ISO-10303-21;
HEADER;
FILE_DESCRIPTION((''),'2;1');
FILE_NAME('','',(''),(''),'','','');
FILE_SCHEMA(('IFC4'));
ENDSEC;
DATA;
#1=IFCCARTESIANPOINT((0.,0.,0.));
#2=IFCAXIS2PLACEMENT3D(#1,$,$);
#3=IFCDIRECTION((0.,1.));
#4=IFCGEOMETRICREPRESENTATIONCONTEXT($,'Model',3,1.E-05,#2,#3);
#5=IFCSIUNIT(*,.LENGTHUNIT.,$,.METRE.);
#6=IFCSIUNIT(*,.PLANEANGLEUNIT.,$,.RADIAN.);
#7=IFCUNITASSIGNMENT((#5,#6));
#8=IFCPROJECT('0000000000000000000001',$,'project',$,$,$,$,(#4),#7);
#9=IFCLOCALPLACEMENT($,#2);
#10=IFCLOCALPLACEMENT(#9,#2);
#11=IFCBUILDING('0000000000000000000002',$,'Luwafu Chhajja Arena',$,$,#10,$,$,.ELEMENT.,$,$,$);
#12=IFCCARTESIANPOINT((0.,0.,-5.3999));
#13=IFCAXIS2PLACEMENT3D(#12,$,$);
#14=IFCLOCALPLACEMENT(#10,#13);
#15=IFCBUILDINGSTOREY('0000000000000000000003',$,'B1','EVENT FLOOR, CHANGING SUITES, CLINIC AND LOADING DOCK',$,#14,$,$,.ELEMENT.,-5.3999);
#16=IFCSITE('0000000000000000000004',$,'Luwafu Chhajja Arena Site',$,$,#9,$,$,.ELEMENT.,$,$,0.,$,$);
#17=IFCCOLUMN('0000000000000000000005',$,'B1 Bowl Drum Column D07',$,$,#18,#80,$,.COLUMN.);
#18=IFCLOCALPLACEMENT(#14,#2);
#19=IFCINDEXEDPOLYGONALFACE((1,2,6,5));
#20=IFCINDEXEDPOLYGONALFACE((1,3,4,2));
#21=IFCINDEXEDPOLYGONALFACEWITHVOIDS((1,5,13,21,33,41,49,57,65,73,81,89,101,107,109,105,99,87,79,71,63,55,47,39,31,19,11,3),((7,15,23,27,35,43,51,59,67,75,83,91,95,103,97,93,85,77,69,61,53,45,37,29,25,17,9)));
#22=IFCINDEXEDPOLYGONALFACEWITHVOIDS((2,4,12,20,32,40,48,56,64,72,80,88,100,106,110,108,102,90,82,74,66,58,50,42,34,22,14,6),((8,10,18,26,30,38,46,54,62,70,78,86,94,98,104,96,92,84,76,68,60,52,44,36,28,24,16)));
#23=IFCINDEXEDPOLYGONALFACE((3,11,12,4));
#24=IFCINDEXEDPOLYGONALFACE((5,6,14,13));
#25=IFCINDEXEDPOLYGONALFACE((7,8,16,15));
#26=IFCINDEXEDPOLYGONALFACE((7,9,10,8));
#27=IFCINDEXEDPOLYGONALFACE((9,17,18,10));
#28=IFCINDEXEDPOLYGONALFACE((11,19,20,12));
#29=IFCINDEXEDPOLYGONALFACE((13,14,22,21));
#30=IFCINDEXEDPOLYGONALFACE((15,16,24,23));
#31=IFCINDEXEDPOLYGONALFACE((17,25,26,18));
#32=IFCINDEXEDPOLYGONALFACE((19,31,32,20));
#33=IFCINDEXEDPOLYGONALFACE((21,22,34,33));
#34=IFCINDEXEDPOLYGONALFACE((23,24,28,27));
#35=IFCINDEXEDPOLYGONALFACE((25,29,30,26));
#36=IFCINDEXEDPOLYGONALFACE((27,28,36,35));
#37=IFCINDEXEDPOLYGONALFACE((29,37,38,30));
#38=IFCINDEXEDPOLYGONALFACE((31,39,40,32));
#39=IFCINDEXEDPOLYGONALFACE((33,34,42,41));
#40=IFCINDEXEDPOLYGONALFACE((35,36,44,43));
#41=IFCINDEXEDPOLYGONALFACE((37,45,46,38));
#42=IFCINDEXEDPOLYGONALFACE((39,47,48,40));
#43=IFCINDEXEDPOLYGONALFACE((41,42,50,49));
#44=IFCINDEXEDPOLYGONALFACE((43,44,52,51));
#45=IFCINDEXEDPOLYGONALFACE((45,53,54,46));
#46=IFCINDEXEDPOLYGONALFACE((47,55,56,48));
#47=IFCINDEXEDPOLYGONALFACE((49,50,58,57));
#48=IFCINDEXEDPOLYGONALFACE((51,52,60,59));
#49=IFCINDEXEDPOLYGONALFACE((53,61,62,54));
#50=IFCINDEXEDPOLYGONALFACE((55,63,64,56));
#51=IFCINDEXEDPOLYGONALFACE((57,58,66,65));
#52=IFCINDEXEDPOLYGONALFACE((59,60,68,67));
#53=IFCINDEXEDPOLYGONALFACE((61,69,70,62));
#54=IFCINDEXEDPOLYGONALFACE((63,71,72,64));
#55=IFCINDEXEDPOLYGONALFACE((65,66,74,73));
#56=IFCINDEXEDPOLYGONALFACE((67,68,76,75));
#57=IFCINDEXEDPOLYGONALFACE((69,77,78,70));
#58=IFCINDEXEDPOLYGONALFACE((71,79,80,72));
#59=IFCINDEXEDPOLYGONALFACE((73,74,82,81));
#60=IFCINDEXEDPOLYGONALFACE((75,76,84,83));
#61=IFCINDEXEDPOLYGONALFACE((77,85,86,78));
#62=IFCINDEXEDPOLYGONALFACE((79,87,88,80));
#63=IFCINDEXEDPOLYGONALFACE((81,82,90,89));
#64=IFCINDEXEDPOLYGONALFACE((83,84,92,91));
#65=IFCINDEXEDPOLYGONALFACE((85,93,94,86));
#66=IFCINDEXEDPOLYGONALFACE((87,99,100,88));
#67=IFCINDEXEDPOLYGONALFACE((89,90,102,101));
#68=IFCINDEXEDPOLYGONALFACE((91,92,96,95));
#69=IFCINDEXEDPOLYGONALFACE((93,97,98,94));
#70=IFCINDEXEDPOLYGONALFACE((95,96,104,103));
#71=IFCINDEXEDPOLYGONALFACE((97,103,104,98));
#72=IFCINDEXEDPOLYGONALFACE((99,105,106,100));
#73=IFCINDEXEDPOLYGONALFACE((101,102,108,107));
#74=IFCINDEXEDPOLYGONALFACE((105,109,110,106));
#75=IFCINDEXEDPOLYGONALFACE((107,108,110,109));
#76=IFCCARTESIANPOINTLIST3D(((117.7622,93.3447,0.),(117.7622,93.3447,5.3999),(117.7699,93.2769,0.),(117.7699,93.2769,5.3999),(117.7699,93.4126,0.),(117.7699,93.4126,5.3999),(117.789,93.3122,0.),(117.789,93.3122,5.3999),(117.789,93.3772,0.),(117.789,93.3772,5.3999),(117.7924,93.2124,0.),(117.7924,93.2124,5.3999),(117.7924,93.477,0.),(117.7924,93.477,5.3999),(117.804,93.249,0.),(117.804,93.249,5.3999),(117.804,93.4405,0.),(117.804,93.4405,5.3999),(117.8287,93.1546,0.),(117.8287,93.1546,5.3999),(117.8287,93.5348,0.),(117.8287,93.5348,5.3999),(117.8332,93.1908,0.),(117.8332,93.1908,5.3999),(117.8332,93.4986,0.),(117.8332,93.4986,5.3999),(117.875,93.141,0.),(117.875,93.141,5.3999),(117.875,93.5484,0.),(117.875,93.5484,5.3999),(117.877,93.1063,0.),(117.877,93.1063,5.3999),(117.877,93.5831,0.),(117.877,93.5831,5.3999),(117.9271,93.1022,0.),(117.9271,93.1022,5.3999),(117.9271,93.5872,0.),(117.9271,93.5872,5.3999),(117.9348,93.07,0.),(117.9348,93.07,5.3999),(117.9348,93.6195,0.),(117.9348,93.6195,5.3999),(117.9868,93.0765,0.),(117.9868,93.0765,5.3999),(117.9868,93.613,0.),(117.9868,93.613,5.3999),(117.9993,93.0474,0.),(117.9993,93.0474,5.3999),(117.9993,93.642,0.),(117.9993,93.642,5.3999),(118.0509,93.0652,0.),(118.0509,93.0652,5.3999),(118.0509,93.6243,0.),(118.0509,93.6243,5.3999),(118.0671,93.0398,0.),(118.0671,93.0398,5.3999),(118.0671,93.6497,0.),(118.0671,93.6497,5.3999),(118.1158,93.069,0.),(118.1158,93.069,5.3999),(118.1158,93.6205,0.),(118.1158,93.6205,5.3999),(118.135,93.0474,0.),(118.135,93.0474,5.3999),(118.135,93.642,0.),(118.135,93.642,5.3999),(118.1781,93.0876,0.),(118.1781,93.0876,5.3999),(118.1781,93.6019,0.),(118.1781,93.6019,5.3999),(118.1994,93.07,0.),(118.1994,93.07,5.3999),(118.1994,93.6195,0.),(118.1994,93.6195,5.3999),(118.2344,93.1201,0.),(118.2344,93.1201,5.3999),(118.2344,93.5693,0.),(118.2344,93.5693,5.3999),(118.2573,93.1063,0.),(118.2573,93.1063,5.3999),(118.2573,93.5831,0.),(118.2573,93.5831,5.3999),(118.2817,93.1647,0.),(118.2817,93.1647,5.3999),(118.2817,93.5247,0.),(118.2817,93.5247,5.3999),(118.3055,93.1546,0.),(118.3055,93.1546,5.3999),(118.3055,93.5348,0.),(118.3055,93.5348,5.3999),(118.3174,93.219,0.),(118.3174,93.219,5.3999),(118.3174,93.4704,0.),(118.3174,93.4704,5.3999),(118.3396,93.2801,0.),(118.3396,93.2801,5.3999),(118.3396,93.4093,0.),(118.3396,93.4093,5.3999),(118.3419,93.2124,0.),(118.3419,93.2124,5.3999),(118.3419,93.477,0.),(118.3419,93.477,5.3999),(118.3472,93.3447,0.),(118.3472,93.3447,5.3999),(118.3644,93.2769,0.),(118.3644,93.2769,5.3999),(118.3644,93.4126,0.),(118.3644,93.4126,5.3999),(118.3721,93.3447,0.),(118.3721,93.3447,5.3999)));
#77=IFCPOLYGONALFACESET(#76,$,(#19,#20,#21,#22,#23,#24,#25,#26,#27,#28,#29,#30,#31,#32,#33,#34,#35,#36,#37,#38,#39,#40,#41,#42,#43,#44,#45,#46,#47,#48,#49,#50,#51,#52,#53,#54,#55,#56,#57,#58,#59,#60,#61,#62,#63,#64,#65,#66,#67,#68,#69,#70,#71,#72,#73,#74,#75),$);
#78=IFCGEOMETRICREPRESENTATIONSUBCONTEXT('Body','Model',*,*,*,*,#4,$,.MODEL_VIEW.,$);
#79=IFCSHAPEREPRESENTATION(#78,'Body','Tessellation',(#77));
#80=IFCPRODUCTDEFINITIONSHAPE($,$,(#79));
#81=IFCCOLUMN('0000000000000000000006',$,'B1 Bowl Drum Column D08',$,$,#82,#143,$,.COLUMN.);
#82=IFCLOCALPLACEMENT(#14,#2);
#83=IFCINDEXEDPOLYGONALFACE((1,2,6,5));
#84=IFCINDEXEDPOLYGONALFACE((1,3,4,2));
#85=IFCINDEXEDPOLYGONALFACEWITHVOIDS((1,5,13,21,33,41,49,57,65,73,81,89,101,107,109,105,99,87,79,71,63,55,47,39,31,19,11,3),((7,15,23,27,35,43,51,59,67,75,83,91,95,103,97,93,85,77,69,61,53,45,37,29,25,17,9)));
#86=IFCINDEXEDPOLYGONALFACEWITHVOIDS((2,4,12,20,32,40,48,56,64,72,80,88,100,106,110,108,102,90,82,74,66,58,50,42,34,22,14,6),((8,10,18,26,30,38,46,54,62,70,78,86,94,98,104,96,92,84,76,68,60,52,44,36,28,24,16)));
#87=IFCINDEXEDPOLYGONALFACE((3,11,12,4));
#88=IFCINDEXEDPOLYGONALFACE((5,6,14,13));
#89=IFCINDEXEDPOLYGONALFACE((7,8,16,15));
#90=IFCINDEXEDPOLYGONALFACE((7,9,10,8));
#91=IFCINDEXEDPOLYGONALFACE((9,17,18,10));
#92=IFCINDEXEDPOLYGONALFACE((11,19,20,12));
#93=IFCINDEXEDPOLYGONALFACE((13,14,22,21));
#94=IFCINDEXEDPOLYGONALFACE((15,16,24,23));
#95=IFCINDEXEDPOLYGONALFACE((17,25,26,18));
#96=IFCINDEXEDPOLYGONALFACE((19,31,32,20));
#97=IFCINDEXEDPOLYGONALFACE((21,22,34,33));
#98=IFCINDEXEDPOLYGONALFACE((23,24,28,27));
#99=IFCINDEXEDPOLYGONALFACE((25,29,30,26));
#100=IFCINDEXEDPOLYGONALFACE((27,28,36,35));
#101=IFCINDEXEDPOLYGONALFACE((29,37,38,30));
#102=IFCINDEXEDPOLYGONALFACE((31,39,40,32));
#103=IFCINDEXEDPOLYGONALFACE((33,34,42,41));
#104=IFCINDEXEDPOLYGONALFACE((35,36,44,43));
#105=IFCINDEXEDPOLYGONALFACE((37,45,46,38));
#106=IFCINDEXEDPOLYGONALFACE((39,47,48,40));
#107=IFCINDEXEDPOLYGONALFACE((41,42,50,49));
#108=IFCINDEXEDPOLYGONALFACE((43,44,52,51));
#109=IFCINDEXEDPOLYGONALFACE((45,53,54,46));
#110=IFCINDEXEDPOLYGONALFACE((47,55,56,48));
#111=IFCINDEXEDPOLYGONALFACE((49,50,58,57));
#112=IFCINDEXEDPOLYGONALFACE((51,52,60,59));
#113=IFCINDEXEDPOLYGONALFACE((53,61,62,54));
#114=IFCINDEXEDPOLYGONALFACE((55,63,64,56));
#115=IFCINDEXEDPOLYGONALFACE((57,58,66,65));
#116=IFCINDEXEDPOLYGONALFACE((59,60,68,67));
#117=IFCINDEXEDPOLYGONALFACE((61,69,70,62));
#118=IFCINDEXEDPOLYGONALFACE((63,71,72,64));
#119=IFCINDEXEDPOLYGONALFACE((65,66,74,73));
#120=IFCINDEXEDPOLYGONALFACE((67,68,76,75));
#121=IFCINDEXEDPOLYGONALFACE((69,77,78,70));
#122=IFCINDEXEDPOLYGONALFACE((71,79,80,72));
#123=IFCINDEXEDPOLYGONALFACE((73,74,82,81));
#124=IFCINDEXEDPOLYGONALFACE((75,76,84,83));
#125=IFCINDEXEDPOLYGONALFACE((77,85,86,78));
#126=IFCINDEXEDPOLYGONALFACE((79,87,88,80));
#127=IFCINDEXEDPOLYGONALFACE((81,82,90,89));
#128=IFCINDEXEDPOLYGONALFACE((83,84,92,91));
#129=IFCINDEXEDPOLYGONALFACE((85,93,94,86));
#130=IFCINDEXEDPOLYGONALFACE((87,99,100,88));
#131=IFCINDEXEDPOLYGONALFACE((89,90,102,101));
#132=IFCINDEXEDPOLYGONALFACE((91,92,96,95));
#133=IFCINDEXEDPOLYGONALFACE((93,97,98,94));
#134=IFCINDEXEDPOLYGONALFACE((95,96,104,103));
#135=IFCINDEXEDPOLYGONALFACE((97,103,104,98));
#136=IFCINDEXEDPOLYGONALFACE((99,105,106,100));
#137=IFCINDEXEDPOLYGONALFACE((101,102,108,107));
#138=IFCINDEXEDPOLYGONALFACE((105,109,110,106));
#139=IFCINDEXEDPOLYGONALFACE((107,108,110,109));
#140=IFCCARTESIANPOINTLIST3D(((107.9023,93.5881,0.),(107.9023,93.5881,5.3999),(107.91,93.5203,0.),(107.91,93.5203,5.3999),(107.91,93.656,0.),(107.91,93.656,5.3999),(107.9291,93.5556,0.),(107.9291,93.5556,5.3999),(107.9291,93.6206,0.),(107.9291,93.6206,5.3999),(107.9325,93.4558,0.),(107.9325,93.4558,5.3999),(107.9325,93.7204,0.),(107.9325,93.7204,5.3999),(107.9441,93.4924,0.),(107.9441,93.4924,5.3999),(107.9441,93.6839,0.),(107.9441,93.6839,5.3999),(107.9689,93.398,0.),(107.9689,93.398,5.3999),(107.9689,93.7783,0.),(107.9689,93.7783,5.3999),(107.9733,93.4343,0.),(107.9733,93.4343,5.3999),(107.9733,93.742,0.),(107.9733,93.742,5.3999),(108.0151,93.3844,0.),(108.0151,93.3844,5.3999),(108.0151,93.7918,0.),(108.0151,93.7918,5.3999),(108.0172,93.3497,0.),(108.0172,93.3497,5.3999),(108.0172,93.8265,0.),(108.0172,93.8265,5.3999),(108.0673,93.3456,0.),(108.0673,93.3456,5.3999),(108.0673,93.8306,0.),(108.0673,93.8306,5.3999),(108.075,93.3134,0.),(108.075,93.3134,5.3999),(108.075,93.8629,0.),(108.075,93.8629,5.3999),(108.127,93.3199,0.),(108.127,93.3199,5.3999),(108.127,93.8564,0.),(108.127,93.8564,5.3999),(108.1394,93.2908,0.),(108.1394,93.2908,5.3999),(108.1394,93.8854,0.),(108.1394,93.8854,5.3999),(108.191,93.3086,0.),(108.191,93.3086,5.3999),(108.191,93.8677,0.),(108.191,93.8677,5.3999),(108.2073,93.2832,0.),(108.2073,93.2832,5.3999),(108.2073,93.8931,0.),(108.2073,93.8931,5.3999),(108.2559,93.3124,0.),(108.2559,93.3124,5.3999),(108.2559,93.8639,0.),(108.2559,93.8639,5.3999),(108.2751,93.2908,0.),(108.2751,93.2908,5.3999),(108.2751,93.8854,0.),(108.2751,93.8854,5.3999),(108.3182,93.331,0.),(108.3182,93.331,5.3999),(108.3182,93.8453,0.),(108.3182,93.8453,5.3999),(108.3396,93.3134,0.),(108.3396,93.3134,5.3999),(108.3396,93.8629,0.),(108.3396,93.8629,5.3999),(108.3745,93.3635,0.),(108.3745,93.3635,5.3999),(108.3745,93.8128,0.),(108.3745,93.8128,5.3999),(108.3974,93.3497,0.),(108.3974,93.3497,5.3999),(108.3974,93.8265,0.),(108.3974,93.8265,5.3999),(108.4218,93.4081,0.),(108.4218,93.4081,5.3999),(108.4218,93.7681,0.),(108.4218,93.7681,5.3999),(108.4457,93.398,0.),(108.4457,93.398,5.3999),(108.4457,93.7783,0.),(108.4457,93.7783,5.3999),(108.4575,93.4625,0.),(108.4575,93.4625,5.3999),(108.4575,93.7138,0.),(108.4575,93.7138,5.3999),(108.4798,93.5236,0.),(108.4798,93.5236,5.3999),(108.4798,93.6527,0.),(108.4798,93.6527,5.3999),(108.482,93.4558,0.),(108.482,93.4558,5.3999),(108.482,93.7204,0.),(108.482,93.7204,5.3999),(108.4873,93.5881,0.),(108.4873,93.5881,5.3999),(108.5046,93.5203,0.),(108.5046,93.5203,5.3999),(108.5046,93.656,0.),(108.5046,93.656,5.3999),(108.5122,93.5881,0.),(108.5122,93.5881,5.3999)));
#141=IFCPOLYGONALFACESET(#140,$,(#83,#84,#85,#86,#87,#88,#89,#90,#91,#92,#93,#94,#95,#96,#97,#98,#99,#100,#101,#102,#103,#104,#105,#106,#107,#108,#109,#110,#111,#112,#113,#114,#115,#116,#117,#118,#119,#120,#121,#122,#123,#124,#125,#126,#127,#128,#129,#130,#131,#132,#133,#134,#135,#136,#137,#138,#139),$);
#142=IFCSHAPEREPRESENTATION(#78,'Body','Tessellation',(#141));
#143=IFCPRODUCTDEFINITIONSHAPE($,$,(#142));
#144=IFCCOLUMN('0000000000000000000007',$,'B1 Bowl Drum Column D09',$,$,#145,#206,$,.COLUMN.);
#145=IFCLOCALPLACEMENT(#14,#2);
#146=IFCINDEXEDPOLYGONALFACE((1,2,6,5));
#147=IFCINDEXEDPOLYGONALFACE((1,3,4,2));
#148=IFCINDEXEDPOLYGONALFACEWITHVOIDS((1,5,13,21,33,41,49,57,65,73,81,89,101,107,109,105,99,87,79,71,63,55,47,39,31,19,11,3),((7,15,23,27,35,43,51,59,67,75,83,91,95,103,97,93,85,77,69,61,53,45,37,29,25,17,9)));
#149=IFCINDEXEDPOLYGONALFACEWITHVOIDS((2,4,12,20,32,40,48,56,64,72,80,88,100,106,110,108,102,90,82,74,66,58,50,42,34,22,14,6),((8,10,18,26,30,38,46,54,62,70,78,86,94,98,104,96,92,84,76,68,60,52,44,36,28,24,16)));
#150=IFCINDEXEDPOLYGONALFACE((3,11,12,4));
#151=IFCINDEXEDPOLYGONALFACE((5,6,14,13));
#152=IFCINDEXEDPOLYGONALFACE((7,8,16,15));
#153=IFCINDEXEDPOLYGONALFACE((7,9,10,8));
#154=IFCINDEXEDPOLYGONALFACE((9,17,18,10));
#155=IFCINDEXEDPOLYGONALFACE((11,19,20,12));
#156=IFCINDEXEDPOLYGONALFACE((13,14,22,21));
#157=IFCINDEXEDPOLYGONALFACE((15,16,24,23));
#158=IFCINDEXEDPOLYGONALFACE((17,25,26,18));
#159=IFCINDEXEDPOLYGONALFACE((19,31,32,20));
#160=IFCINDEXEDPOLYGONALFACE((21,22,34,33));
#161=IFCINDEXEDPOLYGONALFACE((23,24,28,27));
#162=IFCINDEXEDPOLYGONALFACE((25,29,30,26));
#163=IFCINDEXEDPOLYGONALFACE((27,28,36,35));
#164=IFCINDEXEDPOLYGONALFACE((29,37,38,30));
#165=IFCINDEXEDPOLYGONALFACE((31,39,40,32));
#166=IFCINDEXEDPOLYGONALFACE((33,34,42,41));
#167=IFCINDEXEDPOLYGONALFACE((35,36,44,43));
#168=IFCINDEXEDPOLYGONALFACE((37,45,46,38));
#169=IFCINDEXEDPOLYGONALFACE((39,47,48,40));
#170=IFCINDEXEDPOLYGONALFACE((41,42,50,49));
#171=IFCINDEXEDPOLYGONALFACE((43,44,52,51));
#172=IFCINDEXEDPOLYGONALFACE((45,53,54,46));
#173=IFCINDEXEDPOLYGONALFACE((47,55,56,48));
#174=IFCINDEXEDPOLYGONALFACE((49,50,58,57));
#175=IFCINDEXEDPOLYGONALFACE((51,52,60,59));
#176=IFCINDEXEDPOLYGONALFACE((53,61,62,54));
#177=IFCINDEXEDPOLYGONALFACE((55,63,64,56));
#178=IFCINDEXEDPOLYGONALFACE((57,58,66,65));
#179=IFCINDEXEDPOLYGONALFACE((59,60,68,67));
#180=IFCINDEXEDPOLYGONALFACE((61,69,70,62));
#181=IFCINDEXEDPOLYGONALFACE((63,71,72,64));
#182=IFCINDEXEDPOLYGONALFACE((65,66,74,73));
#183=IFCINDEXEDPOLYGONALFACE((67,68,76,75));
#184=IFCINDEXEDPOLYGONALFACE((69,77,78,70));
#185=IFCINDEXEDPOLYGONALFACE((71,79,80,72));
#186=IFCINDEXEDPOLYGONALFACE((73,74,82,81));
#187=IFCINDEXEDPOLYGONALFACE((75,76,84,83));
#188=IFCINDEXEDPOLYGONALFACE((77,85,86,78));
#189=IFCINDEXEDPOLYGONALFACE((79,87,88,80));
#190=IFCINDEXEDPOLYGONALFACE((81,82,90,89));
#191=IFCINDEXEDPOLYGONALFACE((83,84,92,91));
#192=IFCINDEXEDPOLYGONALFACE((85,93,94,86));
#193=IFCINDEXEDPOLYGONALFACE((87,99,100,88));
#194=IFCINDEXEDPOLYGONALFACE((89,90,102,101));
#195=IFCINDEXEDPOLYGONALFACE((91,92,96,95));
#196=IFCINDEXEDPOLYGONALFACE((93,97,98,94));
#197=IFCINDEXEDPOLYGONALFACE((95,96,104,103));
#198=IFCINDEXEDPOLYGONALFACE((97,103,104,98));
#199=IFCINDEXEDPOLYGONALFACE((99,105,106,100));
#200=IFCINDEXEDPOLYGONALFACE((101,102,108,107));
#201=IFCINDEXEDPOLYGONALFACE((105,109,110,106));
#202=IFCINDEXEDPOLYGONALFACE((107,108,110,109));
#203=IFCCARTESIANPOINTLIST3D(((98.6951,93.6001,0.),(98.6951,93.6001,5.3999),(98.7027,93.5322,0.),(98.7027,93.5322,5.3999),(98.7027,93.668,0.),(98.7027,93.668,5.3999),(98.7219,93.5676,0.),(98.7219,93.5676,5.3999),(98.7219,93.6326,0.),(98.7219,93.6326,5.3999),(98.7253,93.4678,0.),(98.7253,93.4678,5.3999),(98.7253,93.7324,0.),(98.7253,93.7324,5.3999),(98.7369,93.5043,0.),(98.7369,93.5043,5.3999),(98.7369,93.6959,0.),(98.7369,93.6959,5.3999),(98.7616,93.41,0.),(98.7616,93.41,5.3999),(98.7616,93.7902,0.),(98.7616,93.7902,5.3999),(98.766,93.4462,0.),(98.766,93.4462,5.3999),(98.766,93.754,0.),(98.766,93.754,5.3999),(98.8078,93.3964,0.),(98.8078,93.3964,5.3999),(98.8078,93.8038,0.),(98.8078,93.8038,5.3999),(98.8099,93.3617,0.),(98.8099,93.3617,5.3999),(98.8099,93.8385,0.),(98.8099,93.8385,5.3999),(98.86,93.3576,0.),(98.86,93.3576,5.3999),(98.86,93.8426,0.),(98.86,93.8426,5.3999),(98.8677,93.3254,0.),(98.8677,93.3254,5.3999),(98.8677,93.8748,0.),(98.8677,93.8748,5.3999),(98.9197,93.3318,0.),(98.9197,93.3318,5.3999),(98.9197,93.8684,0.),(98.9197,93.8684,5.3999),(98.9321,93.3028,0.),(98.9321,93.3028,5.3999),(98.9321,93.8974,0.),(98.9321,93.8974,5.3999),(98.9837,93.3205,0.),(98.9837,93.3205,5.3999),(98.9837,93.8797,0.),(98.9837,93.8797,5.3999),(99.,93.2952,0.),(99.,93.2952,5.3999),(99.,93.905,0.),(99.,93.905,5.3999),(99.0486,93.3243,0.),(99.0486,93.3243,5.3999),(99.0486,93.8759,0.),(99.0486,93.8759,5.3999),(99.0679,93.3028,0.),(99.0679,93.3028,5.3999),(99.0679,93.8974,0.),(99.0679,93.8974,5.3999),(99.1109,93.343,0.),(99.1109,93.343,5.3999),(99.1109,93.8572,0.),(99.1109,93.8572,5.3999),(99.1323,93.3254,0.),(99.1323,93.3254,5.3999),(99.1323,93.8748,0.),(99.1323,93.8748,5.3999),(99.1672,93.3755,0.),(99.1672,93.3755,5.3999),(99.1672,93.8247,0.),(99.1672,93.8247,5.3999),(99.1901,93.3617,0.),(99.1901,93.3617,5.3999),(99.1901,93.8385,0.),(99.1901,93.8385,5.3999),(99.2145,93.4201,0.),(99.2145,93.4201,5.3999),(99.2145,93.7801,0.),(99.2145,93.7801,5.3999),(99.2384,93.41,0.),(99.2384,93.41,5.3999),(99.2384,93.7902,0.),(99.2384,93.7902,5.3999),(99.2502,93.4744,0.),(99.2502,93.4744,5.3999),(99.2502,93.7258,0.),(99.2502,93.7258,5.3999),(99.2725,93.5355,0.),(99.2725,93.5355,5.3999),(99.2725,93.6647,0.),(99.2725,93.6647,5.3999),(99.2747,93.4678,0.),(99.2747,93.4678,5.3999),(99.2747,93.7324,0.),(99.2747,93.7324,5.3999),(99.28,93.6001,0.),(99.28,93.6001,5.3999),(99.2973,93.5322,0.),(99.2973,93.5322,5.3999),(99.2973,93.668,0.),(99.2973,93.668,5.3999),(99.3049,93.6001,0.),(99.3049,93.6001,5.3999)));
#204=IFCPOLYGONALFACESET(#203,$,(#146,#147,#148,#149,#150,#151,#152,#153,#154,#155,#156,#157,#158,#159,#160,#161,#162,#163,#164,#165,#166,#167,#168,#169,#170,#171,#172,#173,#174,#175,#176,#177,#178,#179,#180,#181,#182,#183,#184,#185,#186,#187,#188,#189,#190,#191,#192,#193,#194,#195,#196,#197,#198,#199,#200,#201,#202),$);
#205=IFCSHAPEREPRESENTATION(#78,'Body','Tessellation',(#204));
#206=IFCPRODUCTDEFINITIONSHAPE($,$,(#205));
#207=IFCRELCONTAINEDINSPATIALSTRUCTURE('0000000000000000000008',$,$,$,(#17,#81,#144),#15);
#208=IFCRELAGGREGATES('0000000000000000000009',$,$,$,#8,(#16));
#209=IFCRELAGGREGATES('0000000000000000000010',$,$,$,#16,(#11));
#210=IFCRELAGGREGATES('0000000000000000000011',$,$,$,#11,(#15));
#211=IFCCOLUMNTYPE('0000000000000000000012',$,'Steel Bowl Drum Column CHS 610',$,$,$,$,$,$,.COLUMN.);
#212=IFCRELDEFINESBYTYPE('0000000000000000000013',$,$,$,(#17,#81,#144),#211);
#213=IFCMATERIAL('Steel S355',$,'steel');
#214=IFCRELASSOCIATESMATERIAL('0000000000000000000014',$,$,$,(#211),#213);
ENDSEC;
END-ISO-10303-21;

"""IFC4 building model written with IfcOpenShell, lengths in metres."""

from ifc_helpers import new_model, si_unit, direction, frame, origin, origin_2d, place, context, subcontext, project, spatial, hollow_circle, extrude, material, material_profile, profile_set, type_object, element, save


model = new_model("IFC4")

# Units and contexts
model_context = context("Model", 3, precision=1e-05, world=origin(), true_north=direction((0.0, 1.0)))
body_context = subcontext(model_context, "Body", "Model", "MODEL_VIEW")
ifc_project = project(units=[si_unit("LENGTHUNIT", "METRE"), si_unit("PLANEANGLEUNIT", "RADIAN")], contexts=[model_context])

# Site, building, storey
site_placement = place(None, origin())
site = spatial("IfcSite", under=ifc_project, at=site_placement, Name="Luwafu Chhajja Arena Site", CompositionType="ELEMENT", RefElevation=0.0)
building_placement = place(site_placement, origin())
building = spatial("IfcBuilding", under=site, at=building_placement, Name="Luwafu Chhajja Arena", CompositionType="ELEMENT")
storey_placement = place(building_placement, frame((0.0, 0.0, -5.3999)))
storey = spatial("IfcBuildingStorey", under=building, at=storey_placement, Name="B1", Description="EVENT FLOOR, CHANGING SUITES, CLINIC AND LOADING DOCK", CompositionType="ELEMENT", Elevation=-5.3999)

# Columns
ifc_material_1 = material(Name="Steel S355", Category="steel")
ifc_material_profile_1 = material_profile(ifc_material_1, hollow_circle(Radius=0.3049, WallThickness=0.0249, at=origin_2d()), Name="CHS 610x25")
ifc_profile_set_1 = profile_set([ifc_material_profile_1], Name="Steel S355")
column_type_1 = type_object("IfcColumnType", Name="Steel Bowl Drum Column CHS 610", PredefinedType="COLUMN", material=ifc_profile_set_1)
for number, where, z_axis, x_axis, name in (
    (1, (118.0671, 93.3447, 0.0), (0.0, 0.0, 1.0), (1.0, 0.0, 0.0), "B1 Bowl Drum Column D07"),
    (2, (108.2073, 93.5881, 0.0), (0.0, 0.0, 1.0), (1.0, 0.0, 0.0), "B1 Bowl Drum Column D08"),
    (3, (99.0, 93.6001, 0.0), (0.0, 0.0, 1.0), (1.0, 0.0, 0.0), "B1 Bowl Drum Column D09"),
):
    element("IfcColumn", number, at=place(storey_placement, frame(where, z_axis=z_axis, x_axis=x_axis)), inside=storey, type_object=column_type_1, Name=name, PredefinedType="COLUMN", context=body_context, shape_type="SweptSolid", body=[
        extrude(hollow_circle(Radius=0.3049, WallThickness=0.0249, at=origin_2d()), origin(), (0.0, 0.0, 1.0), 5.3999),
    ])

save(model, "model.ifc")
